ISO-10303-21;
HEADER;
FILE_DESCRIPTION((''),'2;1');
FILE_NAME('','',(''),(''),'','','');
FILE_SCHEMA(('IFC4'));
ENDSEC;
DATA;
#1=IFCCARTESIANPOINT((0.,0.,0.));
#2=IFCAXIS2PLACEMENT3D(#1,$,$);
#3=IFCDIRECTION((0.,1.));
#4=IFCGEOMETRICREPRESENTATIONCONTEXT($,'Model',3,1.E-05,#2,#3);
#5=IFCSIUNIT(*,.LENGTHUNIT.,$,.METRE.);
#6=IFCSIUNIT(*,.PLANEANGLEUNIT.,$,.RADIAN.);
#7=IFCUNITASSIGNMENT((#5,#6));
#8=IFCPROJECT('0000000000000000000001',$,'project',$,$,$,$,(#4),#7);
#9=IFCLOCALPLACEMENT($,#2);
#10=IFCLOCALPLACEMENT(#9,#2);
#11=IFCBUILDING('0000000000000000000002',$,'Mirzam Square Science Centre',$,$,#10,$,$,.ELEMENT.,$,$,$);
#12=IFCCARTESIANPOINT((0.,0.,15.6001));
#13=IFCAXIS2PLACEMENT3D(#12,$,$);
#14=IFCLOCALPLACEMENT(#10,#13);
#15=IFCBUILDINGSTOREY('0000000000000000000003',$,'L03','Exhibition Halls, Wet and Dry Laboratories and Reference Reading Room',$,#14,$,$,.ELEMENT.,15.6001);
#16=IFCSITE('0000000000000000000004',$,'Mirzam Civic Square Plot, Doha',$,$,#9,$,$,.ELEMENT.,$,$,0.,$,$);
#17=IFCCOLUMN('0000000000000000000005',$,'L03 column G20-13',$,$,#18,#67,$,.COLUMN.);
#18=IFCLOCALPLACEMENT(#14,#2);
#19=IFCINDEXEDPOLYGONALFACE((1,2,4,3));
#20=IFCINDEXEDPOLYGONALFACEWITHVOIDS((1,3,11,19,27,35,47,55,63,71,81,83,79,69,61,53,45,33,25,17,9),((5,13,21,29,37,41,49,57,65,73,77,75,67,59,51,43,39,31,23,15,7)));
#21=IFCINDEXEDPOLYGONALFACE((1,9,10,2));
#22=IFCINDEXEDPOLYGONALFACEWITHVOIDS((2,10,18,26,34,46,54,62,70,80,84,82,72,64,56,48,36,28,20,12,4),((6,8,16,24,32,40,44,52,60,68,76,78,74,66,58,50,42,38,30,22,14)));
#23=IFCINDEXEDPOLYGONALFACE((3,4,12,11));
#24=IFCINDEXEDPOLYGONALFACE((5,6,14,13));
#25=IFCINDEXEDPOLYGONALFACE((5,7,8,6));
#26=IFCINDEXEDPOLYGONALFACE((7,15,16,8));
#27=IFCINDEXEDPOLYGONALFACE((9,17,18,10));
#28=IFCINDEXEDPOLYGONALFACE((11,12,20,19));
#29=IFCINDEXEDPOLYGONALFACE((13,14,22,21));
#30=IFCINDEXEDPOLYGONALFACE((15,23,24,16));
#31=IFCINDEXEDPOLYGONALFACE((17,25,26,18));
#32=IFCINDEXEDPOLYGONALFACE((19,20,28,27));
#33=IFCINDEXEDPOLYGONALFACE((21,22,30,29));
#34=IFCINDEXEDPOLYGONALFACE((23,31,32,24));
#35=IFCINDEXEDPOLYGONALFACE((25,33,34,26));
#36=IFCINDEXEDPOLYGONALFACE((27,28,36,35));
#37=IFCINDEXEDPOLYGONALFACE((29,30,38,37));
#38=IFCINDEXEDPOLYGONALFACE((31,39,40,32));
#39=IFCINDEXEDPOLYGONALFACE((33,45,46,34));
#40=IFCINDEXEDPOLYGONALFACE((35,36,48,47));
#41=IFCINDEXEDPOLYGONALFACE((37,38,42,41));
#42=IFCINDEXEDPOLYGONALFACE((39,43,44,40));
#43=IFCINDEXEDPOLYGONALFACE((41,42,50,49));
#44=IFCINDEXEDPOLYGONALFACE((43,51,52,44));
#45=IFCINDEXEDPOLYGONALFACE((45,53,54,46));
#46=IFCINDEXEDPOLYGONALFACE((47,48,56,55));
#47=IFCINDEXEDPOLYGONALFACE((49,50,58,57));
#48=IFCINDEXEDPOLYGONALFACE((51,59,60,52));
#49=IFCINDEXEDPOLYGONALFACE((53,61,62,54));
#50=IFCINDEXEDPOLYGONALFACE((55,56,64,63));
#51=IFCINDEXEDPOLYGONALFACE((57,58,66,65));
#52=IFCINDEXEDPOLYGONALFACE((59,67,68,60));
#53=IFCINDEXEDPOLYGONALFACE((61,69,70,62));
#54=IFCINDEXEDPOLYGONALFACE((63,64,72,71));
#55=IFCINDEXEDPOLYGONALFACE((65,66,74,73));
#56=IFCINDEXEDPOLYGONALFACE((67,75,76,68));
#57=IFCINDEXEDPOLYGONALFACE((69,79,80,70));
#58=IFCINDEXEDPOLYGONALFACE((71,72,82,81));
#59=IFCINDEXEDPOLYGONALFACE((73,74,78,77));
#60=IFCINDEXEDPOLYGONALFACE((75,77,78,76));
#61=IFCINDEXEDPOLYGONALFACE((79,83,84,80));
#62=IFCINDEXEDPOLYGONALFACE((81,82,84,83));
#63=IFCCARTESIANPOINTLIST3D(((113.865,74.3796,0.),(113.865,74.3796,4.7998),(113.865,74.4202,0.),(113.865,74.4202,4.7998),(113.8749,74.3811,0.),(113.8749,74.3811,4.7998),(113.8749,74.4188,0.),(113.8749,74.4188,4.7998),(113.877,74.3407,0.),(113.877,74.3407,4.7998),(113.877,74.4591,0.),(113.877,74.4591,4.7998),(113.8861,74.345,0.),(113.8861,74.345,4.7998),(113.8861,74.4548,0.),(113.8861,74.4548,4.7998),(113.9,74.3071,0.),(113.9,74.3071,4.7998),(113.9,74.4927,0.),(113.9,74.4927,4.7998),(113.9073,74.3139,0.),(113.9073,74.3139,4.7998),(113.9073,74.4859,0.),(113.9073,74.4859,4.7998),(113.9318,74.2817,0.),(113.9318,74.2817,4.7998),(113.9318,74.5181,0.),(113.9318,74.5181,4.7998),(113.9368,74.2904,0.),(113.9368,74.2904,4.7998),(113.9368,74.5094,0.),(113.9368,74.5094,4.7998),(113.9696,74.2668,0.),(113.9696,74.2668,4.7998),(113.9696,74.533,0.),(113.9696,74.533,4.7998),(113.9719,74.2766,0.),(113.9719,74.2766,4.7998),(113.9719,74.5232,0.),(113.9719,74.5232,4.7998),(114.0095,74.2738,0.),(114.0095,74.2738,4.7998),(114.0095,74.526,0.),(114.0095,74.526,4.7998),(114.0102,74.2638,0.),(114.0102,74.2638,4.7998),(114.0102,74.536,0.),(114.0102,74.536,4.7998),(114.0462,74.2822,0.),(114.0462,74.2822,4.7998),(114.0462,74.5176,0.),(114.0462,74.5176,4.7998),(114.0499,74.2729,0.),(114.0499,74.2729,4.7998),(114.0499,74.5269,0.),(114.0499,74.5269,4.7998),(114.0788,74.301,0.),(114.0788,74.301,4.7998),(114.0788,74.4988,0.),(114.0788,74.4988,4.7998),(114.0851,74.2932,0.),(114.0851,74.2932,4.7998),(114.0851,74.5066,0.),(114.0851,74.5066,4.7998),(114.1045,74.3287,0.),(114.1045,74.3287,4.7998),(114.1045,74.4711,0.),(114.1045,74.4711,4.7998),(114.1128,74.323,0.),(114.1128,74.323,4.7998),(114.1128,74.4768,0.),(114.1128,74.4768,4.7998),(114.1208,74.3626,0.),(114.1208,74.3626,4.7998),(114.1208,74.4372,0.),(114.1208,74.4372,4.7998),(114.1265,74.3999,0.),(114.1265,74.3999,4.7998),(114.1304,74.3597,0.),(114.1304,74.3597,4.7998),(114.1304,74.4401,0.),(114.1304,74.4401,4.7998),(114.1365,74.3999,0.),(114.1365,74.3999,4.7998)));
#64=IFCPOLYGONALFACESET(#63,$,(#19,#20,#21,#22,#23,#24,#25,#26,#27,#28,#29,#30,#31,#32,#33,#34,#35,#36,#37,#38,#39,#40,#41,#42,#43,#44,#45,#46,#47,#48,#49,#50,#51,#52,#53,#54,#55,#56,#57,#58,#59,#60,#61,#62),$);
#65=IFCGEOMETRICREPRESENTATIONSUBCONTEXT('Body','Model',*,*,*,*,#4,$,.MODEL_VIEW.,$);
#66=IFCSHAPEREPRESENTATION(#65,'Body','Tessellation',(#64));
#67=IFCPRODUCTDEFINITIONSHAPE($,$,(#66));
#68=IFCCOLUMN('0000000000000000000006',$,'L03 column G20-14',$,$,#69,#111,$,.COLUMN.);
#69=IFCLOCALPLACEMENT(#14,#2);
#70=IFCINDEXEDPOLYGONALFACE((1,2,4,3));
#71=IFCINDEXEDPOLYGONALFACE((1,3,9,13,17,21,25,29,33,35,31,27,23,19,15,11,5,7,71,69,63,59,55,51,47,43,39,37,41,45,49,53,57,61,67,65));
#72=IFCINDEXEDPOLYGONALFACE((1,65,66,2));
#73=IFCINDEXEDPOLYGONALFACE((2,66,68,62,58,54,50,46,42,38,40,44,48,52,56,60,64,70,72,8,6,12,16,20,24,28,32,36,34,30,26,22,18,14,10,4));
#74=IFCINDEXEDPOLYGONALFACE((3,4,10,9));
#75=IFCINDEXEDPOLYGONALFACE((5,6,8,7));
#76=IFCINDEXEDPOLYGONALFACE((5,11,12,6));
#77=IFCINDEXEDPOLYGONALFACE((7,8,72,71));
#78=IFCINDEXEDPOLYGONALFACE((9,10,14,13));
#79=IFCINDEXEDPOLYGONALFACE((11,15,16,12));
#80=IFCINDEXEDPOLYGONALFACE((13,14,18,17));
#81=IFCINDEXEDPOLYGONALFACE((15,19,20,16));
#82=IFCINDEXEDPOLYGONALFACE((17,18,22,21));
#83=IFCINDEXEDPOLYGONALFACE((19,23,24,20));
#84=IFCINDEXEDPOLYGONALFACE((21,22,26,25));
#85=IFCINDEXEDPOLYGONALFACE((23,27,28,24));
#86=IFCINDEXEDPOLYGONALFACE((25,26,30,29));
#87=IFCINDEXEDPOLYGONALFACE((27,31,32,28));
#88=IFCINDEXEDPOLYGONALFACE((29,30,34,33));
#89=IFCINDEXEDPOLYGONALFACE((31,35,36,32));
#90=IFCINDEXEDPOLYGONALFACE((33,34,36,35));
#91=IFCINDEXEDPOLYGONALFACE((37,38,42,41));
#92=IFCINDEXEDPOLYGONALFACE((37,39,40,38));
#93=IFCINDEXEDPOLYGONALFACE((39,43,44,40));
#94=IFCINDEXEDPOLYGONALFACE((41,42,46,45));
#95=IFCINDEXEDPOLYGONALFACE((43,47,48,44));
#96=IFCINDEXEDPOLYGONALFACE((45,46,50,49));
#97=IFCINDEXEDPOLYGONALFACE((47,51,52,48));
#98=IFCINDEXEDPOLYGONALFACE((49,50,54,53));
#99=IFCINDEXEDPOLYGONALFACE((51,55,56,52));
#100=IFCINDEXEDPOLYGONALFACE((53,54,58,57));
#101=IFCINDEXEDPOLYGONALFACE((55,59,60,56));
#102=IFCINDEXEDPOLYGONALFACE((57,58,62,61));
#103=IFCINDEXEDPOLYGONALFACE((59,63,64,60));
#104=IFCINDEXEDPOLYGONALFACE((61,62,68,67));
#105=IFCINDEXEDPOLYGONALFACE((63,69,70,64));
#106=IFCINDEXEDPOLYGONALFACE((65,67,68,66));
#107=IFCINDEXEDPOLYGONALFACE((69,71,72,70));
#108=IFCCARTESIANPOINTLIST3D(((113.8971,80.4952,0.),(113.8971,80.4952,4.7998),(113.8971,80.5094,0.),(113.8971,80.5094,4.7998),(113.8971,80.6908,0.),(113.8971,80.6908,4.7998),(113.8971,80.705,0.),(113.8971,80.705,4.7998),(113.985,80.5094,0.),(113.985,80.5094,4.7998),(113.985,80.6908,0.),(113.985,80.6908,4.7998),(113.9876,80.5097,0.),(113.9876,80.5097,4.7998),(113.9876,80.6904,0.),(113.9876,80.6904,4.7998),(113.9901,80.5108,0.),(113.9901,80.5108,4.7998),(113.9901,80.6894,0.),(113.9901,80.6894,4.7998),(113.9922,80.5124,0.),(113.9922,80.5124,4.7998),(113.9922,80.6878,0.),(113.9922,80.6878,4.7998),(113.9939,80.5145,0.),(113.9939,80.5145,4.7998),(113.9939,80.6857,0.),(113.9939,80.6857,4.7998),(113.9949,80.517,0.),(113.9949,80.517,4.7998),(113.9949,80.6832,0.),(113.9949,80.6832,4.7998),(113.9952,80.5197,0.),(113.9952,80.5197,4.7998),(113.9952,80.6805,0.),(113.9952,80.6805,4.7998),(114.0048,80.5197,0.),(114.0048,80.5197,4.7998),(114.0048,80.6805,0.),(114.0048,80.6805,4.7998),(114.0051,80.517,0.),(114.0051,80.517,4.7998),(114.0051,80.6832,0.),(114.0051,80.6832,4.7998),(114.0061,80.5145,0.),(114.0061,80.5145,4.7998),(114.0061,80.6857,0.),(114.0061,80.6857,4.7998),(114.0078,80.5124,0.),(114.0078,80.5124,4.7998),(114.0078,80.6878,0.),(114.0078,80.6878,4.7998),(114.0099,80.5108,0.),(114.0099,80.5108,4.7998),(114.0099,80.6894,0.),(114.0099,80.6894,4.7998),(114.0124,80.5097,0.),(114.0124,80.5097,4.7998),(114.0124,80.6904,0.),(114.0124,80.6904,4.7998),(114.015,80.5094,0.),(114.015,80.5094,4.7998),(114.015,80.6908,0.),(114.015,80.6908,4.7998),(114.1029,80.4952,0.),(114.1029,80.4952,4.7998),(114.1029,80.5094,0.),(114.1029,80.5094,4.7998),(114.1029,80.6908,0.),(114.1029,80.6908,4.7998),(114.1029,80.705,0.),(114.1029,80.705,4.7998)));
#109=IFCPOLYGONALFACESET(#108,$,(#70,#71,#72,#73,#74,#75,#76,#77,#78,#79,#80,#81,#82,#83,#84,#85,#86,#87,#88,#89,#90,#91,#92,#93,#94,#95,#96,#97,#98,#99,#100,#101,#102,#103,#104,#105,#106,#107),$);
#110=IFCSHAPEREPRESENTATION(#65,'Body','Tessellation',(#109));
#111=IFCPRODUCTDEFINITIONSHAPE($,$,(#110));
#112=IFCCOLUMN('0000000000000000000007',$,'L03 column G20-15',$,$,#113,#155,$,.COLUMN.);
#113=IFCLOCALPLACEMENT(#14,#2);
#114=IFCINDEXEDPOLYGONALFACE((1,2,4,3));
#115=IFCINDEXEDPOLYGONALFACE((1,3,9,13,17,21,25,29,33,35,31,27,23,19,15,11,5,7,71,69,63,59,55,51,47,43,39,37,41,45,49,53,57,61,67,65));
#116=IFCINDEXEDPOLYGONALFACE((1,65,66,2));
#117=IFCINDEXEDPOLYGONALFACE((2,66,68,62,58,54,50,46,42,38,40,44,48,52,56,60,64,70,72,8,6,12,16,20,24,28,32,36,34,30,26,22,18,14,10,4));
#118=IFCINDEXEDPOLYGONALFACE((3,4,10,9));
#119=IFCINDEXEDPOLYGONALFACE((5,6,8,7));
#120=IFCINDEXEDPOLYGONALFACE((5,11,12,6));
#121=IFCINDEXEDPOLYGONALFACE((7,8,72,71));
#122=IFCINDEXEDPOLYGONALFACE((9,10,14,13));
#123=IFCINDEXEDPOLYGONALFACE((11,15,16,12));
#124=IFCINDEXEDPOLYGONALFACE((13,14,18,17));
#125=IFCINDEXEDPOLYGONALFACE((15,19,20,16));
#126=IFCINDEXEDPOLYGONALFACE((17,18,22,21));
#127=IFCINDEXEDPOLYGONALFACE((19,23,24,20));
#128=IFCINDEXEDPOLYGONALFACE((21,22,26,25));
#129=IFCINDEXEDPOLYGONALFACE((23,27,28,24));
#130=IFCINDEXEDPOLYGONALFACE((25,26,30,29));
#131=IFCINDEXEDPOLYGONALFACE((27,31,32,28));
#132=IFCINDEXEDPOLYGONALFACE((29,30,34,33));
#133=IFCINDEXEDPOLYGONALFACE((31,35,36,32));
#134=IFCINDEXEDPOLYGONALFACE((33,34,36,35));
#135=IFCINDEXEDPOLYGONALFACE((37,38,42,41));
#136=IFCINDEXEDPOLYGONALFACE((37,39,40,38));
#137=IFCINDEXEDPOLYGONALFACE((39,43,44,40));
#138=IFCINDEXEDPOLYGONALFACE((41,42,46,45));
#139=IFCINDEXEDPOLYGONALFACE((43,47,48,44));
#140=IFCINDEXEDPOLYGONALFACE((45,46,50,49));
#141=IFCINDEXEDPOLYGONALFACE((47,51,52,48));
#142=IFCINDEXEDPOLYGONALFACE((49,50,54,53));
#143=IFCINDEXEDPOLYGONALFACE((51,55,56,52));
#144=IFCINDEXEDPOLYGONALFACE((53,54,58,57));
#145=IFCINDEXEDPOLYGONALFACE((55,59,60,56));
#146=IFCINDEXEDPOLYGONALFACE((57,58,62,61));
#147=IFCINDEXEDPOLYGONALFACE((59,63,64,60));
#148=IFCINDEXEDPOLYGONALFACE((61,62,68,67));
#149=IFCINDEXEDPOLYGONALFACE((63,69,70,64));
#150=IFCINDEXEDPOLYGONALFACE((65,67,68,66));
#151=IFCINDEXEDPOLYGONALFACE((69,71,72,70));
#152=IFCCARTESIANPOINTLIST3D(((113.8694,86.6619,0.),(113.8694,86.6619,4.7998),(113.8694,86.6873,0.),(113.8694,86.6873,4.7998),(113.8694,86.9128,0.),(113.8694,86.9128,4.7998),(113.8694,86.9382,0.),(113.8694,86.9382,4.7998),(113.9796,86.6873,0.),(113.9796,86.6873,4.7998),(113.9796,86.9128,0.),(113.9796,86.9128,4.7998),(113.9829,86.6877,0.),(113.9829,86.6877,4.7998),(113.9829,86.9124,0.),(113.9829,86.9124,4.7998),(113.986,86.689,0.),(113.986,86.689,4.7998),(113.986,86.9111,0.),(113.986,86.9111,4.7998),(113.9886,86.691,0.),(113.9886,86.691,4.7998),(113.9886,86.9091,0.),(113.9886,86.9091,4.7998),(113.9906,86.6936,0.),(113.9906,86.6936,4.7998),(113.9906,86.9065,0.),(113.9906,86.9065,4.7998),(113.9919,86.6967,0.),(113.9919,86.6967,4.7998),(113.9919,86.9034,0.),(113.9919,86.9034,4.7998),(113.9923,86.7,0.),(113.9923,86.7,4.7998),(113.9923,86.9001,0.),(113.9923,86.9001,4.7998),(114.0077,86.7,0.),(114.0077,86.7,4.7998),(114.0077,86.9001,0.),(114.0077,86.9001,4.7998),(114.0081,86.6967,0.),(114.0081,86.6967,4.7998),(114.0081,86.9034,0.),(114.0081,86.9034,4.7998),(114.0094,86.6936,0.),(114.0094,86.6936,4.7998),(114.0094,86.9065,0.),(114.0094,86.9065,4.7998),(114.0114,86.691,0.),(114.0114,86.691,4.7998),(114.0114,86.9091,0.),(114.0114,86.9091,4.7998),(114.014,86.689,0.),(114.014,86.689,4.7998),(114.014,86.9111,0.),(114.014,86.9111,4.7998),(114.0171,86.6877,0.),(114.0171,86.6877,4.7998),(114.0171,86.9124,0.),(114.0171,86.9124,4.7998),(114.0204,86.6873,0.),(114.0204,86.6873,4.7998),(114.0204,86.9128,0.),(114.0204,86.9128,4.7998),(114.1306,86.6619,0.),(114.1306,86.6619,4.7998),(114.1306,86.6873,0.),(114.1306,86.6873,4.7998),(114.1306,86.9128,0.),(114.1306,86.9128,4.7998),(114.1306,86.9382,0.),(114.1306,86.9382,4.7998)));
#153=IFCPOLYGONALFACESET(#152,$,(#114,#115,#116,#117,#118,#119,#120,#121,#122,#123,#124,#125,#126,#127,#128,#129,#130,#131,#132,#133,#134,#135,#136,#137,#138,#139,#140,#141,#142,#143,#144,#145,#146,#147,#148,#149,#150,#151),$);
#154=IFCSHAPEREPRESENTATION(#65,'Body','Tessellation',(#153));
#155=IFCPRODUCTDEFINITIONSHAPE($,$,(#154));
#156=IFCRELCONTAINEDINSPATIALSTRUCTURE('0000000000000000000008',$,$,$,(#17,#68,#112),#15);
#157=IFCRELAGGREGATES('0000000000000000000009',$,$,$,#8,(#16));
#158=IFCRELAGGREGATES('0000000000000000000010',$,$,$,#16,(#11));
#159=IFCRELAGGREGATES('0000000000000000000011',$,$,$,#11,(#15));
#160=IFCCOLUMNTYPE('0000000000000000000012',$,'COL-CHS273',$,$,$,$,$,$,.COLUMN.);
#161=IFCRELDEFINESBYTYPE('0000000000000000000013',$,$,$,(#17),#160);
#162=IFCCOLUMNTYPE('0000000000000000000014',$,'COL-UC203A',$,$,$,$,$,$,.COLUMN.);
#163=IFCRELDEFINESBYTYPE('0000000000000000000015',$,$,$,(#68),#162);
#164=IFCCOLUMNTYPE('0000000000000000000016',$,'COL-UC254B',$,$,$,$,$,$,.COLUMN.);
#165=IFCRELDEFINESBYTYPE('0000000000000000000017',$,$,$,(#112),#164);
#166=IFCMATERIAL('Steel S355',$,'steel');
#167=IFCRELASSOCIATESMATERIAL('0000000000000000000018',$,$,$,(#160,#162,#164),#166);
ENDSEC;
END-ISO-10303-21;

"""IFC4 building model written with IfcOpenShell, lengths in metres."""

from ifc_helpers import new_model, si_unit, direction, frame, origin, origin_2d, place, context, subcontext, project, spatial, hollow_circle, i_section, extrude, material, material_profile, profile_set, type_object, element, save


model = new_model("IFC4")

# Units and contexts
model_context = context("Model", 3, precision=1e-05, world=origin(), true_north=direction((0.0, 1.0)))
body_context = subcontext(model_context, "Body", "Model", "MODEL_VIEW")
ifc_project = project(units=[si_unit("LENGTHUNIT", "METRE"), si_unit("PLANEANGLEUNIT", "RADIAN")], contexts=[model_context])

# Site, building, storey
site_placement = place(None, origin())
site = spatial("IfcSite", under=ifc_project, at=site_placement, Name="Mirzam Civic Square Plot, Doha", CompositionType="ELEMENT", RefElevation=0.0)
building_placement = place(site_placement, origin())
building = spatial("IfcBuilding", under=site, at=building_placement, Name="Mirzam Square Science Centre", CompositionType="ELEMENT")
storey_placement = place(building_placement, frame((0.0, 0.0, 15.6001)))
storey = spatial("IfcBuildingStorey", under=building, at=storey_placement, Name="L03", Description="Exhibition Halls, Wet and Dry Laboratories and Reference Reading Room", CompositionType="ELEMENT", Elevation=15.6001)

# Columns
ifc_material_1 = material(Name="Steel S355", Category="steel")
ifc_material_profile_1 = material_profile(ifc_material_1, hollow_circle(Radius=0.1365, WallThickness=0.01, at=origin_2d()), Name="273.0x10.0CHS")
ifc_profile_set_1 = profile_set([ifc_material_profile_1], Name="Steel S355")
column_type_1 = type_object("IfcColumnType", Name="COL-CHS273", PredefinedType="COLUMN", material=ifc_profile_set_1)
column_1_placement = place(storey_placement, frame((114.0, 74.3999, 0.0), z_axis=(0.0, 0.0, 1.0), x_axis=(1.0, 0.0, 0.0)))
element("IfcColumn", 1, at=column_1_placement, inside=storey, type_object=column_type_1, Name="L03 column G20-13", PredefinedType="COLUMN", context=body_context, shape_type="SweptSolid", body=[
    extrude(hollow_circle(Radius=0.1365, WallThickness=0.01, at=origin_2d()), origin(), (0.0, 0.0, 1.0), 4.7998),
])
ifc_material_profile_2 = material_profile(ifc_material_1, i_section(OverallWidth=0.2058, OverallDepth=0.2097, WebThickness=0.0095, FlangeThickness=0.0142, FilletRadius=0.0103, at=origin_2d()), Name="203x203x60UC")
ifc_profile_set_2 = profile_set([ifc_material_profile_2], Name="Steel S355")
column_type_2 = type_object("IfcColumnType", Name="COL-UC203A", PredefinedType="COLUMN", material=ifc_profile_set_2)
column_2_placement = place(storey_placement, frame((114.0, 80.6001, 0.0), z_axis=(0.0, 0.0, 1.0), x_axis=(1.0, 0.0, 0.0)))
element("IfcColumn", 2, at=column_2_placement, inside=storey, type_object=column_type_2, Name="L03 column G20-14", PredefinedType="COLUMN", context=body_context, shape_type="SweptSolid", body=[
    extrude(i_section(OverallWidth=0.2058, OverallDepth=0.2097, WebThickness=0.0095, FlangeThickness=0.0142, FilletRadius=0.0103, at=origin_2d()), origin(), (0.0, 0.0, 1.0), 4.7998),
])
ifc_material_profile_3 = material_profile(ifc_material_1, i_section(OverallWidth=0.2612, OverallDepth=0.2764, WebThickness=0.0154, FlangeThickness=0.0254, FilletRadius=0.0127, at=origin_2d()), Name="254x254x132UC")
ifc_profile_set_3 = profile_set([ifc_material_profile_3], Name="Steel S355")
column_type_3 = type_object("IfcColumnType", Name="COL-UC254B", PredefinedType="COLUMN", material=ifc_profile_set_3)
column_3_placement = place(storey_placement, frame((114.0, 86.8, 0.0), z_axis=(0.0, 0.0, 1.0), x_axis=(1.0, 0.0, 0.0)))
element("IfcColumn", 3, at=column_3_placement, inside=storey, type_object=column_type_3, Name="L03 column G20-15", PredefinedType="COLUMN", context=body_context, shape_type="SweptSolid", body=[
    extrude(i_section(OverallWidth=0.2612, OverallDepth=0.2764, WebThickness=0.0154, FlangeThickness=0.0254, FilletRadius=0.0127, at=origin_2d()), origin(), (0.0, 0.0, 1.0), 4.7998),
])

save(model, "model.ifc")
